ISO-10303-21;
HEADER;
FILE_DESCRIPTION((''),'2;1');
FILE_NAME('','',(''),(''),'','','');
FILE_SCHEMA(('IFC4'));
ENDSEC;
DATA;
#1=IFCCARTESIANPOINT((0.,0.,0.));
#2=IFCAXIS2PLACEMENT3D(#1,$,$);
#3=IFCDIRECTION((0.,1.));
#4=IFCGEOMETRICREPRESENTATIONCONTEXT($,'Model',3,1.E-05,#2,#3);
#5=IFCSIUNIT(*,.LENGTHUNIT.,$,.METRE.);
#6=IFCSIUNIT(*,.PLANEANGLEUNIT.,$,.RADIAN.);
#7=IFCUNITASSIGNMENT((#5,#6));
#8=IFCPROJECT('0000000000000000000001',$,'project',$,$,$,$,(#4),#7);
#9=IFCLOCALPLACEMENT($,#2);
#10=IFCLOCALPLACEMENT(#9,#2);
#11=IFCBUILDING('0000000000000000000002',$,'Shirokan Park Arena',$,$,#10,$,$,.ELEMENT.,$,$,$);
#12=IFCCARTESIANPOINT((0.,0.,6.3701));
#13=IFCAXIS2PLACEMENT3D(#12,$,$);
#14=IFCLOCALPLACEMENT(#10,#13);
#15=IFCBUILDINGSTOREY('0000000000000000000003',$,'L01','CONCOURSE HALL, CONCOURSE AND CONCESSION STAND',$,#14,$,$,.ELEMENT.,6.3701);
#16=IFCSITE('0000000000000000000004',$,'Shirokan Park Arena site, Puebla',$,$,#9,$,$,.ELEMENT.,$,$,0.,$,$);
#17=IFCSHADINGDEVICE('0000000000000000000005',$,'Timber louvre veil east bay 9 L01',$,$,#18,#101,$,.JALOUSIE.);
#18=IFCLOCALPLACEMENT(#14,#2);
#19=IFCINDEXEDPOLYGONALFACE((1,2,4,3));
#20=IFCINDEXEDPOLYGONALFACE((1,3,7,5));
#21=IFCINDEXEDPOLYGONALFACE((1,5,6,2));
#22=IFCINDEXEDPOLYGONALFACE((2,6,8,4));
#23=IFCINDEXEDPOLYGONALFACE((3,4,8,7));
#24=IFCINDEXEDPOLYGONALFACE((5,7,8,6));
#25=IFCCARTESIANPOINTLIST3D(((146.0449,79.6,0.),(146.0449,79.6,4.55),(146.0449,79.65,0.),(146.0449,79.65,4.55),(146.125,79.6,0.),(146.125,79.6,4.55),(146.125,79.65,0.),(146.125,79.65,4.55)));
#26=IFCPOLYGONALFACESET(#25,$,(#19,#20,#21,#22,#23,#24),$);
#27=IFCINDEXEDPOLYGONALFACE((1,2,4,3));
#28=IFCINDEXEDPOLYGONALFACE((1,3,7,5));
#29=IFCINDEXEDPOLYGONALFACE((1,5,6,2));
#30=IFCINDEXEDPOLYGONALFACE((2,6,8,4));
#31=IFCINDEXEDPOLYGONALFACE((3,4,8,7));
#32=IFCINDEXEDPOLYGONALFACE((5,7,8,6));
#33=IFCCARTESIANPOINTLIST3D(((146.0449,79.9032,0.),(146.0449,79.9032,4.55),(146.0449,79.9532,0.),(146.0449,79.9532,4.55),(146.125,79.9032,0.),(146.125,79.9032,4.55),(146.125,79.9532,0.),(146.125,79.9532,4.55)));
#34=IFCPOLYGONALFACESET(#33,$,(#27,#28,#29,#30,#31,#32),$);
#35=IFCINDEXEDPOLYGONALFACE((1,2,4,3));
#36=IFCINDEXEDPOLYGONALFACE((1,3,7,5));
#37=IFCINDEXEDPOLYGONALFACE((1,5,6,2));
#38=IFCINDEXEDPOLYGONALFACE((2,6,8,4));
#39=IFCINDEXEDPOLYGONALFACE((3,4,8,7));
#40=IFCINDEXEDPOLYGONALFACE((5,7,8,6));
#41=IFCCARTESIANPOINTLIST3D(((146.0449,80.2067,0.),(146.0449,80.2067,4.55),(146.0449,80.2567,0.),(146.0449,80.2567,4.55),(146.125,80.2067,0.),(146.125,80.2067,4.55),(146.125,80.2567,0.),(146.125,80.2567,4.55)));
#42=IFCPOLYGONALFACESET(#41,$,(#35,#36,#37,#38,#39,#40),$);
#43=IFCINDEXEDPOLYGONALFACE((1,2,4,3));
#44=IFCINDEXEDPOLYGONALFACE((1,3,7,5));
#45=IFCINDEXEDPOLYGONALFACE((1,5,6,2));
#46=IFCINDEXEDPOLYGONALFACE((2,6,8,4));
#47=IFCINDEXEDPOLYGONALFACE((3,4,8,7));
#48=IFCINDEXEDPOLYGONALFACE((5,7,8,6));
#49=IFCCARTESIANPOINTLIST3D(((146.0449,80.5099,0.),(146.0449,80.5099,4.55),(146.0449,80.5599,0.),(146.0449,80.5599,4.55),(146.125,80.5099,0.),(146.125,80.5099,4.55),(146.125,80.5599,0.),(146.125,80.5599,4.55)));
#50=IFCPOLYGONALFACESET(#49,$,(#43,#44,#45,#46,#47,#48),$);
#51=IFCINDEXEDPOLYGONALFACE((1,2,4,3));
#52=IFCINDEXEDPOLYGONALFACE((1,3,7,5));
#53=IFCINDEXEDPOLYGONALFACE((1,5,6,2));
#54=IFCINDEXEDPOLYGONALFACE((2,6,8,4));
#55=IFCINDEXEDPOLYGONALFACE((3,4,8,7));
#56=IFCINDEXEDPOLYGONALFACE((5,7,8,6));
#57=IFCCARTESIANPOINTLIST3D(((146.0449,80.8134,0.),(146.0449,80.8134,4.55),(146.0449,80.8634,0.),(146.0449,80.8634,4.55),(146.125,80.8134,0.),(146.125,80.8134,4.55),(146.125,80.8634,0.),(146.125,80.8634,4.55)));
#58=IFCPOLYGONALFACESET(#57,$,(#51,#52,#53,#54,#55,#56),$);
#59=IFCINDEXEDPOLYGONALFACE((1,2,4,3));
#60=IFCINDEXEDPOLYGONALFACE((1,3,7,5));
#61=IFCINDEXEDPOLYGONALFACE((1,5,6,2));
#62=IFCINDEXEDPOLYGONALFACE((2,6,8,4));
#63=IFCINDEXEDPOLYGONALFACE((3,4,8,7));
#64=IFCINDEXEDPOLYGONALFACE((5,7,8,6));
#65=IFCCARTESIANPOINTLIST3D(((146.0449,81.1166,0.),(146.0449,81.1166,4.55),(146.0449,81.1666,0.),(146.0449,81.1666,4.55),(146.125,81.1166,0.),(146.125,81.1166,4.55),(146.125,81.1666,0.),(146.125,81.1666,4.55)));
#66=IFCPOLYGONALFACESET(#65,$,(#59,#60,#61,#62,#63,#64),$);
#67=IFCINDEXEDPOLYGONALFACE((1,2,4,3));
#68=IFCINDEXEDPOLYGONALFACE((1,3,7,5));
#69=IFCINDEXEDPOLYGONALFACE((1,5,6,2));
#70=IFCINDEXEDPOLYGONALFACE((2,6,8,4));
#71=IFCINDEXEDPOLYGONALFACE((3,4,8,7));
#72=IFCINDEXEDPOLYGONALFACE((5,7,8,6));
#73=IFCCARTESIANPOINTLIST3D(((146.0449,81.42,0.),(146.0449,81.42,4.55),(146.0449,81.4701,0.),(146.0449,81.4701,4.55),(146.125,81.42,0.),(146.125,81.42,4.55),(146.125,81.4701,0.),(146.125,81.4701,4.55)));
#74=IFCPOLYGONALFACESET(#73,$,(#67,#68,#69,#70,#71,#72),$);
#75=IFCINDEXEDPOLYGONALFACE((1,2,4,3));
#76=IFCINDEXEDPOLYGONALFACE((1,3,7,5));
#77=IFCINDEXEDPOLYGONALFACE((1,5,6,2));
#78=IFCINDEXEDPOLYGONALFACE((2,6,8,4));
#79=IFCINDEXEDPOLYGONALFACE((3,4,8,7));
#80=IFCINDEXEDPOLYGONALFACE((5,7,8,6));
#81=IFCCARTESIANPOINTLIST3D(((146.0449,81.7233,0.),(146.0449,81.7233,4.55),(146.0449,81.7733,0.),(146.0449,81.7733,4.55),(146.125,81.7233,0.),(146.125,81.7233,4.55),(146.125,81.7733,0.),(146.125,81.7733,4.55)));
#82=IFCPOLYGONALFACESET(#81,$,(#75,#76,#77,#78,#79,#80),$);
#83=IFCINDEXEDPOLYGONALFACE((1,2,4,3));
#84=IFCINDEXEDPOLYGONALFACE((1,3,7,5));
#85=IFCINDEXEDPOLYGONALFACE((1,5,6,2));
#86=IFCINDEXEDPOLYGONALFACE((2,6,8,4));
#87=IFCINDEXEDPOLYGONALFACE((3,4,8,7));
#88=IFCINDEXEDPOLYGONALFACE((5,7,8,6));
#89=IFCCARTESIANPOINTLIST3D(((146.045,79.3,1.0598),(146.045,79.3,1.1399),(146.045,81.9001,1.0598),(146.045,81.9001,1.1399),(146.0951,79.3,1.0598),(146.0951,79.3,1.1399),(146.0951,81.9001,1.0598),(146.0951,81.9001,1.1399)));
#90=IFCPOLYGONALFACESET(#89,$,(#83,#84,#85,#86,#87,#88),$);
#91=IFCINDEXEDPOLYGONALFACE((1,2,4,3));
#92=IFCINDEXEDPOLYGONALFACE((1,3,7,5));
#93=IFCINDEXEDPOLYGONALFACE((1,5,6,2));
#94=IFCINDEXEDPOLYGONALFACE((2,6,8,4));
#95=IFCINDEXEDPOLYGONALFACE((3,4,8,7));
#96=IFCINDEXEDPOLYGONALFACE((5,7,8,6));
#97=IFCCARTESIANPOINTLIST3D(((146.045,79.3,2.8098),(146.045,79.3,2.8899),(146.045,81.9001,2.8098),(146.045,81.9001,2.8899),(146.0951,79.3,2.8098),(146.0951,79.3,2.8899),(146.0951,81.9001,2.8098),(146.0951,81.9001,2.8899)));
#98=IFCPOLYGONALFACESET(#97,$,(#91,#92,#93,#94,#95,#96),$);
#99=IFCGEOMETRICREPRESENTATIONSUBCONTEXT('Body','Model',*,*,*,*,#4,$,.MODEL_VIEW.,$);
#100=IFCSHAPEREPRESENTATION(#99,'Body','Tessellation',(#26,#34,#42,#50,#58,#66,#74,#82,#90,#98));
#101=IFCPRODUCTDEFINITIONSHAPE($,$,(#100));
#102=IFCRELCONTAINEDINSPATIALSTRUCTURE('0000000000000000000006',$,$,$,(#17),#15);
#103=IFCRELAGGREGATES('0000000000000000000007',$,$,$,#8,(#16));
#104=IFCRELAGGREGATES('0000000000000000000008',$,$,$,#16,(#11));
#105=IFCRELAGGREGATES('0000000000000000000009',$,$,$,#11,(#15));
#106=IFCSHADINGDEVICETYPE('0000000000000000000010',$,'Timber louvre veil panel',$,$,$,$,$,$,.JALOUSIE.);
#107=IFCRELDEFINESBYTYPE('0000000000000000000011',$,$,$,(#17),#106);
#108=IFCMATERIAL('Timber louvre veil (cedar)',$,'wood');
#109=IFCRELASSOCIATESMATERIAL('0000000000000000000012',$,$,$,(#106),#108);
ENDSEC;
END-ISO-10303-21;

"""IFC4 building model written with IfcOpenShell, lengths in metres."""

from ifc_helpers import new_model, si_unit, direction, frame, origin, origin_2d, place, context, subcontext, project, spatial, rectangle, extrude, material, type_object, element, save


model = new_model("IFC4")

# Units and contexts
model_context = context("Model", 3, precision=1e-05, world=origin(), true_north=direction((0.0, 1.0)))
body_context = subcontext(model_context, "Body", "Model", "MODEL_VIEW")
ifc_project = project(units=[si_unit("LENGTHUNIT", "METRE"), si_unit("PLANEANGLEUNIT", "RADIAN")], contexts=[model_context])

# Site, building, storey
site_placement = place(None, origin())
site = spatial("IfcSite", under=ifc_project, at=site_placement, Name="Shirokan Park Arena site, Puebla", CompositionType="ELEMENT", RefElevation=0.0)
building_placement = place(site_placement, origin())
building = spatial("IfcBuilding", under=site, at=building_placement, Name="Shirokan Park Arena", CompositionType="ELEMENT")
storey_placement = place(building_placement, frame((0.0, 0.0, 6.3701)))
storey = spatial("IfcBuildingStorey", under=building, at=storey_placement, Name="L01", Description="CONCOURSE HALL, CONCOURSE AND CONCESSION STAND", CompositionType="ELEMENT", Elevation=6.3701)

# Shading device
ifc_material_1 = material(Name="Timber louvre veil (cedar)", Category="wood")
shading_device_type = type_object("IfcShadingDeviceType", Name="Timber louvre veil panel", PredefinedType="JALOUSIE", material=ifc_material_1)
shading_device_1_placement = place(storey_placement, origin())
element("IfcShadingDevice", 1, at=shading_device_1_placement, inside=storey, type_object=shading_device_type, Name="Timber louvre veil east bay 9 L01", PredefinedType="JALOUSIE", context=body_context, shape_type="SweptSolid", body=[
    extrude(rectangle(XDim=0.05, YDim=0.0801, at=origin_2d()), frame((146.085, 79.625, 0.0), z_axis=(0.0, 0.0, 1.0), x_axis=(0.0, 1.0, 0.0)), (0.0, 0.0, 1.0), 4.55),
    extrude(rectangle(XDim=0.05, YDim=0.0801, at=origin_2d()), frame((146.085, 79.9282, 0.0), z_axis=(0.0, 0.0, 1.0), x_axis=(0.0, 1.0, 0.0)), (0.0, 0.0, 1.0), 4.55),
    extrude(rectangle(XDim=0.05, YDim=0.0801, at=origin_2d()), frame((146.085, 80.2317, 0.0), z_axis=(0.0, 0.0, 1.0), x_axis=(0.0, 1.0, 0.0)), (0.0, 0.0, 1.0), 4.55),
    extrude(rectangle(XDim=0.05, YDim=0.0801, at=origin_2d()), frame((146.085, 80.5349, 0.0), z_axis=(0.0, 0.0, 1.0), x_axis=(0.0, 1.0, 0.0)), (0.0, 0.0, 1.0), 4.55),
    extrude(rectangle(XDim=0.05, YDim=0.0801, at=origin_2d()), frame((146.085, 80.8384, 0.0), z_axis=(0.0, 0.0, 1.0), x_axis=(0.0, 1.0, 0.0)), (0.0, 0.0, 1.0), 4.55),
    extrude(rectangle(XDim=0.05, YDim=0.0801, at=origin_2d()), frame((146.085, 81.1416, 0.0), z_axis=(0.0, 0.0, 1.0), x_axis=(0.0, 1.0, 0.0)), (0.0, 0.0, 1.0), 4.55),
    extrude(rectangle(XDim=0.05, YDim=0.0801, at=origin_2d()), frame((146.085, 81.4451, 0.0), z_axis=(0.0, 0.0, 1.0), x_axis=(0.0, 1.0, 0.0)), (0.0, 0.0, 1.0), 4.55),
    extrude(rectangle(XDim=0.05, YDim=0.0801, at=origin_2d()), frame((146.085, 81.7483, 0.0), z_axis=(0.0, 0.0, 1.0), x_axis=(0.0, 1.0, 0.0)), (0.0, 0.0, 1.0), 4.55),
    extrude(rectangle(XDim=2.6001, YDim=0.05, at=origin_2d()), frame((146.0701, 80.6001, 1.0598), z_axis=(0.0, 0.0, 1.0), x_axis=(0.0, 1.0, 0.0)), (0.0, 0.0, 1.0), 0.0801),
    extrude(rectangle(XDim=2.6001, YDim=0.05, at=origin_2d()), frame((146.0701, 80.6001, 2.8098), z_axis=(0.0, 0.0, 1.0), x_axis=(0.0, 1.0, 0.0)), (0.0, 0.0, 1.0), 0.0801),
])

save(model, "model.ifc")
